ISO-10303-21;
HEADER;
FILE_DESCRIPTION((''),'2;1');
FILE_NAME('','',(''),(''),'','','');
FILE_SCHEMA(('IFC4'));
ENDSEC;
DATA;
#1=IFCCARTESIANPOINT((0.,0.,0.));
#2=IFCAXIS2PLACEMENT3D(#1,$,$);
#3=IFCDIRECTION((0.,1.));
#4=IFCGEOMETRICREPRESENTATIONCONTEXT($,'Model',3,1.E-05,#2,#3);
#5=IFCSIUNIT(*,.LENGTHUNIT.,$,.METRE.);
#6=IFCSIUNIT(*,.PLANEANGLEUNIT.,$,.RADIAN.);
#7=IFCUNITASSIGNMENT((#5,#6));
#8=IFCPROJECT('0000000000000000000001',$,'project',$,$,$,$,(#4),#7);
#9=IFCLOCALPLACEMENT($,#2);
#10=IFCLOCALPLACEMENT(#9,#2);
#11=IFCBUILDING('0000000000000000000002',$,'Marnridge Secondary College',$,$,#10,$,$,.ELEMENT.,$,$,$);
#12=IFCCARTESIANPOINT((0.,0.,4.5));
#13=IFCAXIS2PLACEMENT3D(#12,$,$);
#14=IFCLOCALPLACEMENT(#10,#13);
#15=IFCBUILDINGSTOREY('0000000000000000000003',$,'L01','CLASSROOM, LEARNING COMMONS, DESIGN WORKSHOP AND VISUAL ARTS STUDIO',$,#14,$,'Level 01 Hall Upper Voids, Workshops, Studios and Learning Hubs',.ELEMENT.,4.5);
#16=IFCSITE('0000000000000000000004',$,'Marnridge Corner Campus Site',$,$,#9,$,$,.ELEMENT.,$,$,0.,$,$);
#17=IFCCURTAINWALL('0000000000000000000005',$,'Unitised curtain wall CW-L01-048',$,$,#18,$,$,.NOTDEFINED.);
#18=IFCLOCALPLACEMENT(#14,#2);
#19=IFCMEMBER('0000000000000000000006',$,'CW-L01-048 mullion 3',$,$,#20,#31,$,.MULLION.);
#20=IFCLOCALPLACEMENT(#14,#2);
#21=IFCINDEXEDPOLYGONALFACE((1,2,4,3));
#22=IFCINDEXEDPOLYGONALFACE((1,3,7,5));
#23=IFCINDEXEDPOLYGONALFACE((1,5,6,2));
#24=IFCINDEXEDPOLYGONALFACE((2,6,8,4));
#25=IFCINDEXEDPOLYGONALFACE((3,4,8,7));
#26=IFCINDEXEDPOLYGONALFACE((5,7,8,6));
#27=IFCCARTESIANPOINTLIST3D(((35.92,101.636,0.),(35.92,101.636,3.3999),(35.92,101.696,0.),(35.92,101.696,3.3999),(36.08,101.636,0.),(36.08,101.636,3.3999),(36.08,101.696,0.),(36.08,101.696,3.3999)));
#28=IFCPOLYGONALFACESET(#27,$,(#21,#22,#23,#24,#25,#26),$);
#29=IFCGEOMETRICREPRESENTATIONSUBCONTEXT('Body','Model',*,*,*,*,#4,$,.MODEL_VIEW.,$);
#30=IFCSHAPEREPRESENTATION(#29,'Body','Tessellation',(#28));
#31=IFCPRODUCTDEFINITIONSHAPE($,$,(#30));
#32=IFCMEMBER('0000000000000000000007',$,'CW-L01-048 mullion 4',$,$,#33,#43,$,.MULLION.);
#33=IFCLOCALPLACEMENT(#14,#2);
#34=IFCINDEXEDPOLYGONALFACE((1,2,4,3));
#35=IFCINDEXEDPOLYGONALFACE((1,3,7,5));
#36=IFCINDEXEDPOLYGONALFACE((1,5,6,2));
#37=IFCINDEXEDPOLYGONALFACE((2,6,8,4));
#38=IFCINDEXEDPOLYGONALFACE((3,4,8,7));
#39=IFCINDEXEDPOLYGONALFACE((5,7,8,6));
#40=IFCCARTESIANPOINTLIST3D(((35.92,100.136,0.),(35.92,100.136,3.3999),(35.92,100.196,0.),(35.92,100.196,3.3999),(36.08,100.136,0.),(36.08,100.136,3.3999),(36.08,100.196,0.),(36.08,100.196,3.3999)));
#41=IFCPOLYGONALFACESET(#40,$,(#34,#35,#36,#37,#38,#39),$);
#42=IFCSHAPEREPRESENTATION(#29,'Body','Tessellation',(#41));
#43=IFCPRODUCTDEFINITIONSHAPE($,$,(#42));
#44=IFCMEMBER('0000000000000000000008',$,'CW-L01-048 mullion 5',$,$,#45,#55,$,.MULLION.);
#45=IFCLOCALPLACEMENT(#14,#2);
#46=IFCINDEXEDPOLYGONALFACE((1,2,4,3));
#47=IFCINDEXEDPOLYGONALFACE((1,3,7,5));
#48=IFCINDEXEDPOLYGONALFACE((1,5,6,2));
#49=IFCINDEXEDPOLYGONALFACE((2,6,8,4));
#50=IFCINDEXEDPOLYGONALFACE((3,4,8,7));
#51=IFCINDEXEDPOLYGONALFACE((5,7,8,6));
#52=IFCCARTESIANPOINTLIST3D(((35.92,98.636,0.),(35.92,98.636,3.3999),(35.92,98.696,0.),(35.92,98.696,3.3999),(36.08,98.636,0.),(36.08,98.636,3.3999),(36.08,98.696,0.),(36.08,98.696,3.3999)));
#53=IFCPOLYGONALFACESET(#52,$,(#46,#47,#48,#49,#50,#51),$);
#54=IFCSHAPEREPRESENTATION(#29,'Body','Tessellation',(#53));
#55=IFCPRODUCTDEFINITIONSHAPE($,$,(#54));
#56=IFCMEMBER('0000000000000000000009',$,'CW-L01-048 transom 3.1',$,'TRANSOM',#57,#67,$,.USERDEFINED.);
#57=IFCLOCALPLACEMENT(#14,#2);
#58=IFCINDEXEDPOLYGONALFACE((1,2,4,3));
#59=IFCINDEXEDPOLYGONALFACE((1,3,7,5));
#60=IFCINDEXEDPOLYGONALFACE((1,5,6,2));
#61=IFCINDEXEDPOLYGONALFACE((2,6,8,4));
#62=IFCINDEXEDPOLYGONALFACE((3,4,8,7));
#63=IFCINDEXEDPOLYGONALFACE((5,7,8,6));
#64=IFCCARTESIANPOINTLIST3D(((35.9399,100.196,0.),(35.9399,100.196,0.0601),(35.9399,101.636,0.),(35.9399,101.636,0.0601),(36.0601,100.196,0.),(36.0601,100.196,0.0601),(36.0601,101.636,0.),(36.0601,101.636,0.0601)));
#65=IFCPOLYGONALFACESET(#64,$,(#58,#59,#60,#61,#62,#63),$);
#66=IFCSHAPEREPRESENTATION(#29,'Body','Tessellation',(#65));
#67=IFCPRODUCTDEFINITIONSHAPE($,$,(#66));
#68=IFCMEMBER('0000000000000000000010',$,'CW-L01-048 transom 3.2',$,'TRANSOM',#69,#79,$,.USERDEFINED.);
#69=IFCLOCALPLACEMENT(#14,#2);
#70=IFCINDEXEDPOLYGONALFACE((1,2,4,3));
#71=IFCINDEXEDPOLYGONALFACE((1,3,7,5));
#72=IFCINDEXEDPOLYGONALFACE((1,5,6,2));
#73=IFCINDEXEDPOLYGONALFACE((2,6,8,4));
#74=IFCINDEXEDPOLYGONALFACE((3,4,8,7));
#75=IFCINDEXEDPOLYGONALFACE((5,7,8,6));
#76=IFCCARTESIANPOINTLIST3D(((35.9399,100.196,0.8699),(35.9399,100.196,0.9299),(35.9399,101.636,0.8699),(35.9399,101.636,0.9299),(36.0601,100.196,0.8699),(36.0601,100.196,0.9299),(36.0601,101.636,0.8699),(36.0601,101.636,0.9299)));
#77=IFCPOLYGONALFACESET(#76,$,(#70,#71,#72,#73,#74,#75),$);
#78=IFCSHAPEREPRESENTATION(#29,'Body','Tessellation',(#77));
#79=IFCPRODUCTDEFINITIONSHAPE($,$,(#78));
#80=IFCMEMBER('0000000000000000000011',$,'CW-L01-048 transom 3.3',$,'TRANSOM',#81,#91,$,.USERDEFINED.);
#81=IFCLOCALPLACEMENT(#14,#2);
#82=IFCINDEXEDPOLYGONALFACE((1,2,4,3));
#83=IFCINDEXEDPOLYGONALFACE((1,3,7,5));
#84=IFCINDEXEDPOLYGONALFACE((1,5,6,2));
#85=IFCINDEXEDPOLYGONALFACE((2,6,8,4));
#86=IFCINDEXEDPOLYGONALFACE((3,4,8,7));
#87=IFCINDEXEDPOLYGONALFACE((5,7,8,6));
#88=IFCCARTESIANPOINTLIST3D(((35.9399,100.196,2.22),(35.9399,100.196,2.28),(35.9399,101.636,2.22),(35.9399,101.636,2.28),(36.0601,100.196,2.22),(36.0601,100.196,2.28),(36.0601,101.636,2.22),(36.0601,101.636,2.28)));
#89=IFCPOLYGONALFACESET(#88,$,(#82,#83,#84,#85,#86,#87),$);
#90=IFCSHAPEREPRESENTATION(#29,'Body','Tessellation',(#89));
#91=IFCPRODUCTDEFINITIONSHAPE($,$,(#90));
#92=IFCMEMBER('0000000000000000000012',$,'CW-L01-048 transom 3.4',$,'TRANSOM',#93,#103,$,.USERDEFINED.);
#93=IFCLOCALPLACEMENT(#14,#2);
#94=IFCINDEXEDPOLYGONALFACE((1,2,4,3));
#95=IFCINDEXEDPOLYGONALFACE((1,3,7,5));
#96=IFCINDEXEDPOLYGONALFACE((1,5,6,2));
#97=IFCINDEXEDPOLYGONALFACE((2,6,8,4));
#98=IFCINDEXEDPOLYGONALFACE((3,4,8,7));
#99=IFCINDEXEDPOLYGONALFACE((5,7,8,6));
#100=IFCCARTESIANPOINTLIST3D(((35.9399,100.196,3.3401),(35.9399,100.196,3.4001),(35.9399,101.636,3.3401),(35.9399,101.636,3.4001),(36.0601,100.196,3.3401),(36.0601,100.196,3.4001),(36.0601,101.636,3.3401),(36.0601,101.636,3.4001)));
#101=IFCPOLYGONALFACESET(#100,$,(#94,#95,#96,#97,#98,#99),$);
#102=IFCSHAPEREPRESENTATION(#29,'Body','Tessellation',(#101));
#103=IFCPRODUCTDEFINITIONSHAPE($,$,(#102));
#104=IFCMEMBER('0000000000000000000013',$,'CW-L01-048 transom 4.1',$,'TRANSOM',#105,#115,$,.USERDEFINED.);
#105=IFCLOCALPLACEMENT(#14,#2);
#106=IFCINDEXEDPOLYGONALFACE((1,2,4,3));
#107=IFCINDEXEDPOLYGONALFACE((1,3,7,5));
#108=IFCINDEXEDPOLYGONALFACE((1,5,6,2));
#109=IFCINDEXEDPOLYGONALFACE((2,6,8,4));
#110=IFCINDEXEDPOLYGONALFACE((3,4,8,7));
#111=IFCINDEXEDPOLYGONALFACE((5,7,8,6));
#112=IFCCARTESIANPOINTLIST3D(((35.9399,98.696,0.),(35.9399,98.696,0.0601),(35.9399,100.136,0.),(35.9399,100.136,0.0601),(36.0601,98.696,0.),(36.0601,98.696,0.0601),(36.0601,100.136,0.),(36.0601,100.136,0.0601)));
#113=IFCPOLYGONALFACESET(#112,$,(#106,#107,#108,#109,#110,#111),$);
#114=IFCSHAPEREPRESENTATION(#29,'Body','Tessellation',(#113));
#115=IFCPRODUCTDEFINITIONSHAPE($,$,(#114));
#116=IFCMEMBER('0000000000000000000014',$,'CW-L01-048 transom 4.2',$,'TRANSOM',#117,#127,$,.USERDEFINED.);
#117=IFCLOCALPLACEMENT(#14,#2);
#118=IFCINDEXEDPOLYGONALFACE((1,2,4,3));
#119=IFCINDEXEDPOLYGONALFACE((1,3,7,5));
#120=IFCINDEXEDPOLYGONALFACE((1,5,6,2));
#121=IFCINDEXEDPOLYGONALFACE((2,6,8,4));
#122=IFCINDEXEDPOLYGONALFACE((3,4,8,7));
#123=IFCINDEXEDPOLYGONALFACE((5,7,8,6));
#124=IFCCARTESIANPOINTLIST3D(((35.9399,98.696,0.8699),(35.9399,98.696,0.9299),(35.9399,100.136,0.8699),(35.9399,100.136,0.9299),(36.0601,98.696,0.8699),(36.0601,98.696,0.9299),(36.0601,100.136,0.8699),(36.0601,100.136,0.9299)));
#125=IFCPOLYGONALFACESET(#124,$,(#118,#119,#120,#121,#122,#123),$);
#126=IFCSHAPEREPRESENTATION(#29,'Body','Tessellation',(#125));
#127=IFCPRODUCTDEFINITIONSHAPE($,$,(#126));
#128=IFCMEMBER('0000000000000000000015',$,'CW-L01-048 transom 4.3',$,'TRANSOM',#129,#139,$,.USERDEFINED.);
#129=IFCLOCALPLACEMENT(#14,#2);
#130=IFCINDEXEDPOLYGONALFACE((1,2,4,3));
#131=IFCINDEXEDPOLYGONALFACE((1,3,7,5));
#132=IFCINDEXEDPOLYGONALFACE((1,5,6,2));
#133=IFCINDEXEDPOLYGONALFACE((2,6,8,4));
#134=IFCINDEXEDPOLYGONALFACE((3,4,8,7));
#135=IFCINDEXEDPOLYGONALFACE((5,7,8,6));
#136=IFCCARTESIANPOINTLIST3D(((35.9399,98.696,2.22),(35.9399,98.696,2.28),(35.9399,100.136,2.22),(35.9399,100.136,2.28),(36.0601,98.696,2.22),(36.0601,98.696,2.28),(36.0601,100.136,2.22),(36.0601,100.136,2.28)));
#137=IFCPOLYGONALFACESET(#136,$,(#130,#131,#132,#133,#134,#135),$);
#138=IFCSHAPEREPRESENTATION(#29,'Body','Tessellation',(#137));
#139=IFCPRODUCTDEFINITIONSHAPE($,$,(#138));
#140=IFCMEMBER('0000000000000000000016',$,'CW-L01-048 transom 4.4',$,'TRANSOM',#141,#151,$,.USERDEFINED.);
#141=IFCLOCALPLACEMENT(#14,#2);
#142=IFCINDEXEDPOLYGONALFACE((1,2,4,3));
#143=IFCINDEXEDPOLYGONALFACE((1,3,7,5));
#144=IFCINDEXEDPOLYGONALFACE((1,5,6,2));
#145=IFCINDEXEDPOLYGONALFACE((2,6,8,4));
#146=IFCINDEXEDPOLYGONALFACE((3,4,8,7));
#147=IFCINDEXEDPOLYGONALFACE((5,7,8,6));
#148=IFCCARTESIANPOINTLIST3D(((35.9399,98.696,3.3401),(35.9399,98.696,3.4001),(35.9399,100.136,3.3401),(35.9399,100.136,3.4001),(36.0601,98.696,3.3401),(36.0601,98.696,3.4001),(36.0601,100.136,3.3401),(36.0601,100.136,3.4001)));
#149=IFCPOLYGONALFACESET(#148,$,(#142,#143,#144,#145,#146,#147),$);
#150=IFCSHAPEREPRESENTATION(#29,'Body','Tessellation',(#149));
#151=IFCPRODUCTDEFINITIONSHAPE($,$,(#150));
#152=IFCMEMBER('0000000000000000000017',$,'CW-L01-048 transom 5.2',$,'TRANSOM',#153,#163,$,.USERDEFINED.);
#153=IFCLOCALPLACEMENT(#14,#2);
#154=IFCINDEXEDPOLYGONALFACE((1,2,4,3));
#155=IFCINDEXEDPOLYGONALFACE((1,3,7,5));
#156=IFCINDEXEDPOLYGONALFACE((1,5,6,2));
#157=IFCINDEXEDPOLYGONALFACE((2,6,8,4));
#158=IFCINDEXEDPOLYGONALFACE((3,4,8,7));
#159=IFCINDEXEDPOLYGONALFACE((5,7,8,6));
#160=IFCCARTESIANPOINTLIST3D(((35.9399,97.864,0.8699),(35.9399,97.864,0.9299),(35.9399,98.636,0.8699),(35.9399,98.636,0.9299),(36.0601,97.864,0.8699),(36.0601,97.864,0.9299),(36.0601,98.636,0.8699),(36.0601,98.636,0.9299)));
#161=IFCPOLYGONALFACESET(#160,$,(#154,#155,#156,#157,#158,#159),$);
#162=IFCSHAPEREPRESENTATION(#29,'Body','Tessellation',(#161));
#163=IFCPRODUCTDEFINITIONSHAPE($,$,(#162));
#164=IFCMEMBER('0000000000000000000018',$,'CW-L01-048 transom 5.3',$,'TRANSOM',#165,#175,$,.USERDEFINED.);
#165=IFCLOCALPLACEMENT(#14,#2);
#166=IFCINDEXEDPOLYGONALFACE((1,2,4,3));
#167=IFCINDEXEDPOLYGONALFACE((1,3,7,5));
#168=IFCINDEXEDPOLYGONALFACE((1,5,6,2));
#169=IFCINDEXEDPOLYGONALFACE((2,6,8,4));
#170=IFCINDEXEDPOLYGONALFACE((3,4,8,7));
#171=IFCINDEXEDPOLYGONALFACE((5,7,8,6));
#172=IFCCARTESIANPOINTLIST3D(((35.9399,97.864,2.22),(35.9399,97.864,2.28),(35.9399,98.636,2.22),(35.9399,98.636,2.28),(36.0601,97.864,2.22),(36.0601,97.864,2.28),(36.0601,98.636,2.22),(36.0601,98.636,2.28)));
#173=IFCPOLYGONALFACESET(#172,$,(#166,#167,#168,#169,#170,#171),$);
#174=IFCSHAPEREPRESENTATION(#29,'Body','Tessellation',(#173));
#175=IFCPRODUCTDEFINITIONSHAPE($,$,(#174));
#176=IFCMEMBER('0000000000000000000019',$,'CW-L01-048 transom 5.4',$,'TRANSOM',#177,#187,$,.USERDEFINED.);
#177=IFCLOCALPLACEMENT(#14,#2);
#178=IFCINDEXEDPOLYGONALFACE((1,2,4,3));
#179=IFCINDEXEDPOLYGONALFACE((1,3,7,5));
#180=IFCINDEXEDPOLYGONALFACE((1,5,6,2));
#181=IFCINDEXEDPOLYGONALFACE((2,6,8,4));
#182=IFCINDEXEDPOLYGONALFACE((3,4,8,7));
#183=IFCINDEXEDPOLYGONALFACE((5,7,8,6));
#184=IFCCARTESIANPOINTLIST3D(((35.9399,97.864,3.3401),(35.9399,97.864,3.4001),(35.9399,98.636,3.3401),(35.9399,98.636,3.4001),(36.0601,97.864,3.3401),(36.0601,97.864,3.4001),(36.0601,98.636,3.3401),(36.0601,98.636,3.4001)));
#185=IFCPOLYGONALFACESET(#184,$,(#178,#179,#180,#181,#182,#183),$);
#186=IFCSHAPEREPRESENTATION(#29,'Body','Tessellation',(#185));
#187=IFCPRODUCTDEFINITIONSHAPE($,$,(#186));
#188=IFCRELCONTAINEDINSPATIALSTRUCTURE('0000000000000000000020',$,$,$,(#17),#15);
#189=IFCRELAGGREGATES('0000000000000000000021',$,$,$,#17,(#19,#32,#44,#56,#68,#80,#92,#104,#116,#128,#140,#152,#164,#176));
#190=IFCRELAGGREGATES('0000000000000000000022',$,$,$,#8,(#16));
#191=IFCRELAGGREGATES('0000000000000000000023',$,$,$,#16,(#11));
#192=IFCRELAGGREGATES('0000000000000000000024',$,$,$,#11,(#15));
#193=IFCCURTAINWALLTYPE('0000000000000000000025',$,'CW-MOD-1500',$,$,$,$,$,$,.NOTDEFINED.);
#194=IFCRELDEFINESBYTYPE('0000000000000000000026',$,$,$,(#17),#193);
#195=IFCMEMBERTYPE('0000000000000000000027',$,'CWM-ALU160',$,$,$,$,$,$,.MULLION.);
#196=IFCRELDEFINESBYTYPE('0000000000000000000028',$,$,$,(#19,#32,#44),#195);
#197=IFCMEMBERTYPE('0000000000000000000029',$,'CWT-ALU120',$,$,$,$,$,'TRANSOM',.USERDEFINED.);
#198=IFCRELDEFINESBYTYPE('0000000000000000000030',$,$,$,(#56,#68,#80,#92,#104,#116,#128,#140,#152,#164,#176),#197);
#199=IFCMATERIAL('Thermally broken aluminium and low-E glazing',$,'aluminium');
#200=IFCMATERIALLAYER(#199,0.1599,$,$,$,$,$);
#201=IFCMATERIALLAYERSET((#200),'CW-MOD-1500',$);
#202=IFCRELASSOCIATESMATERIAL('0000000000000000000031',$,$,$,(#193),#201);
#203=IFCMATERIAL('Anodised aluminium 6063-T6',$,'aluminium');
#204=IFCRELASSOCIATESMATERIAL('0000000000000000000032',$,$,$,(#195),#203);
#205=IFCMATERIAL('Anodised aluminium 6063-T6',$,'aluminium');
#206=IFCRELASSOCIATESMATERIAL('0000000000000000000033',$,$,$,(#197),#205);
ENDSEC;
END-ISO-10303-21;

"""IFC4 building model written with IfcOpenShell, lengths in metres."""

from ifc_helpers import new_model, si_unit, direction, frame, origin, origin_2d, place, context, subcontext, project, spatial, rectangle, extrude, material, layer, layer_set, material_profile, profile_set, type_object, element, aggregate, save


model = new_model("IFC4")

# Units and contexts
model_context = context("Model", 3, precision=1e-05, world=origin(), true_north=direction((0.0, 1.0)))
body_context = subcontext(model_context, "Body", "Model", "MODEL_VIEW")
ifc_project = project(units=[si_unit("LENGTHUNIT", "METRE"), si_unit("PLANEANGLEUNIT", "RADIAN")], contexts=[model_context])

# Site, building, storey
site_placement = place(None, origin())
site = spatial("IfcSite", under=ifc_project, at=site_placement, Name="Marnridge Corner Campus Site", CompositionType="ELEMENT", RefElevation=0.0)
building_placement = place(site_placement, origin())
building = spatial("IfcBuilding", under=site, at=building_placement, Name="Marnridge Secondary College", CompositionType="ELEMENT")
storey_placement = place(building_placement, frame((0.0, 0.0, 4.5)))
storey = spatial("IfcBuildingStorey", under=building, at=storey_placement, Name="L01", Description="CLASSROOM, LEARNING COMMONS, DESIGN WORKSHOP AND VISUAL ARTS STUDIO", LongName="Level 01 Hall Upper Voids, Workshops, Studios and Learning Hubs", CompositionType="ELEMENT", Elevation=4.5)

# Curtain wall, members
ifc_material_1 = material(Name="Thermally broken aluminium and low-E glazing", Category="aluminium")
ifc_layer_1 = layer(ifc_material_1, 0.1599)
ifc_layer_set_1 = layer_set([ifc_layer_1], Name="CW-MOD-1500")
curtain_wall_type = type_object("IfcCurtainWallType", Name="CW-MOD-1500", PredefinedType="NOTDEFINED", material=ifc_layer_set_1)
curtain_wall_placement = place(storey_placement, origin())
curtain_wall = element("IfcCurtainWall", 1, at=curtain_wall_placement, inside=storey, type_object=curtain_wall_type, Name="Unitised curtain wall CW-L01-048", PredefinedType="NOTDEFINED")
ifc_material_2 = material(Name="Anodised aluminium 6063-T6", Category="aluminium")
ifc_material_profile_1 = material_profile(ifc_material_2, rectangle(XDim=0.0601, YDim=0.1599, at=origin_2d()), Name="ALU 60x160")
ifc_profile_set_1 = profile_set([ifc_material_profile_1], Name="Anodised aluminium 6063-T6")
member_type_1 = type_object("IfcMemberType", Name="CWM-ALU160", PredefinedType="MULLION", material=ifc_profile_set_1)
member_1_placement = place(storey_placement, frame((36.0, 101.666, 0.0), z_axis=(0.0, 0.0, 1.0), x_axis=(0.0, -1.0, 0.0)))
member_1 = element("IfcMember", 2, at=member_1_placement, type_object=member_type_1, Name="CW-L01-048 mullion 3", PredefinedType="MULLION", context=body_context, shape_type="SweptSolid", body=[
    extrude(rectangle(XDim=0.0601, YDim=0.1599, at=origin_2d()), origin(), (0.0, 0.0, 1.0), 3.3999),
])
member_2_placement = place(storey_placement, frame((36.0, 100.166, 0.0), z_axis=(0.0, 0.0, 1.0), x_axis=(0.0, -1.0, 0.0)))
member_2 = element("IfcMember", 3, at=member_2_placement, type_object=member_type_1, Name="CW-L01-048 mullion 4", PredefinedType="MULLION", context=body_context, shape_type="SweptSolid", body=[
    extrude(rectangle(XDim=0.0601, YDim=0.1599, at=origin_2d()), origin(), (0.0, 0.0, 1.0), 3.3999),
])
member_3_placement = place(storey_placement, frame((36.0, 98.666, 0.0), z_axis=(0.0, 0.0, 1.0), x_axis=(0.0, -1.0, 0.0)))
member_3 = element("IfcMember", 4, at=member_3_placement, type_object=member_type_1, Name="CW-L01-048 mullion 5", PredefinedType="MULLION", context=body_context, shape_type="SweptSolid", body=[
    extrude(rectangle(XDim=0.0601, YDim=0.1599, at=origin_2d()), origin(), (0.0, 0.0, 1.0), 3.3999),
])
ifc_material_3 = material(Name="Anodised aluminium 6063-T6", Category="aluminium")
ifc_material_profile_2 = material_profile(ifc_material_3, rectangle(XDim=0.0601, YDim=0.1201, at=origin_2d()), Name="ALU 60x120")
ifc_profile_set_2 = profile_set([ifc_material_profile_2], Name="Anodised aluminium 6063-T6")
member_type_2 = type_object("IfcMemberType", Name="CWT-ALU120", ElementType="TRANSOM", PredefinedType="USERDEFINED", material=ifc_profile_set_2)
member_4_placement = place(storey_placement, frame((36.0, 101.636, 0.03), z_axis=(0.0, -1.0, 0.0), x_axis=(0.0, 0.0, 1.0)))
member_4 = element("IfcMember", 5, at=member_4_placement, type_object=member_type_2, Name="CW-L01-048 transom 3.1", ObjectType="TRANSOM", PredefinedType="USERDEFINED", context=body_context, shape_type="SweptSolid", body=[
    extrude(rectangle(XDim=0.0601, YDim=0.1201, at=origin_2d()), origin(), (0.0, 0.0, 1.0), 1.4399),
])
member_5_placement = place(storey_placement, frame((36.0, 101.636, 0.8999), z_axis=(0.0, -1.0, 0.0), x_axis=(0.0, 0.0, 1.0)))
member_5 = element("IfcMember", 6, at=member_5_placement, type_object=member_type_2, Name="CW-L01-048 transom 3.2", ObjectType="TRANSOM", PredefinedType="USERDEFINED", context=body_context, shape_type="SweptSolid", body=[
    extrude(rectangle(XDim=0.0601, YDim=0.1201, at=origin_2d()), origin(), (0.0, 0.0, 1.0), 1.4399),
])
member_6_placement = place(storey_placement, frame((36.0, 101.636, 2.25), z_axis=(0.0, -1.0, 0.0), x_axis=(0.0, 0.0, 1.0)))
member_6 = element("IfcMember", 7, at=member_6_placement, type_object=member_type_2, Name="CW-L01-048 transom 3.3", ObjectType="TRANSOM", PredefinedType="USERDEFINED", context=body_context, shape_type="SweptSolid", body=[
    extrude(rectangle(XDim=0.0601, YDim=0.1201, at=origin_2d()), origin(), (0.0, 0.0, 1.0), 1.4399),
])
member_7_placement = place(storey_placement, frame((36.0, 101.636, 3.3701), z_axis=(0.0, -1.0, 0.0), x_axis=(0.0, 0.0, 1.0)))
member_7 = element("IfcMember", 8, at=member_7_placement, type_object=member_type_2, Name="CW-L01-048 transom 3.4", ObjectType="TRANSOM", PredefinedType="USERDEFINED", context=body_context, shape_type="SweptSolid", body=[
    extrude(rectangle(XDim=0.0601, YDim=0.1201, at=origin_2d()), origin(), (0.0, 0.0, 1.0), 1.4399),
])
member_8_placement = place(storey_placement, frame((36.0, 100.136, 0.03), z_axis=(0.0, -1.0, 0.0), x_axis=(0.0, 0.0, 1.0)))
member_8 = element("IfcMember", 9, at=member_8_placement, type_object=member_type_2, Name="CW-L01-048 transom 4.1", ObjectType="TRANSOM", PredefinedType="USERDEFINED", context=body_context, shape_type="SweptSolid", body=[
    extrude(rectangle(XDim=0.0601, YDim=0.1201, at=origin_2d()), origin(), (0.0, 0.0, 1.0), 1.4399),
])
member_9_placement = place(storey_placement, frame((36.0, 100.136, 0.8999), z_axis=(0.0, -1.0, 0.0), x_axis=(0.0, 0.0, 1.0)))
member_9 = element("IfcMember", 10, at=member_9_placement, type_object=member_type_2, Name="CW-L01-048 transom 4.2", ObjectType="TRANSOM", PredefinedType="USERDEFINED", context=body_context, shape_type="SweptSolid", body=[
    extrude(rectangle(XDim=0.0601, YDim=0.1201, at=origin_2d()), origin(), (0.0, 0.0, 1.0), 1.4399),
])
member_10_placement = place(storey_placement, frame((36.0, 100.136, 2.25), z_axis=(0.0, -1.0, 0.0), x_axis=(0.0, 0.0, 1.0)))
member_10 = element("IfcMember", 11, at=member_10_placement, type_object=member_type_2, Name="CW-L01-048 transom 4.3", ObjectType="TRANSOM", PredefinedType="USERDEFINED", context=body_context, shape_type="SweptSolid", body=[
    extrude(rectangle(XDim=0.0601, YDim=0.1201, at=origin_2d()), origin(), (0.0, 0.0, 1.0), 1.4399),
])
member_11_placement = place(storey_placement, frame((36.0, 100.136, 3.3701), z_axis=(0.0, -1.0, 0.0), x_axis=(0.0, 0.0, 1.0)))
member_11 = element("IfcMember", 12, at=member_11_placement, type_object=member_type_2, Name="CW-L01-048 transom 4.4", ObjectType="TRANSOM", PredefinedType="USERDEFINED", context=body_context, shape_type="SweptSolid", body=[
    extrude(rectangle(XDim=0.0601, YDim=0.1201, at=origin_2d()), origin(), (0.0, 0.0, 1.0), 1.4399),
])
member_12_placement = place(storey_placement, frame((36.0, 98.636, 0.8999), z_axis=(0.0, -1.0, 0.0), x_axis=(0.0, 0.0, 1.0)))
member_12 = element("IfcMember", 13, at=member_12_placement, type_object=member_type_2, Name="CW-L01-048 transom 5.2", ObjectType="TRANSOM", PredefinedType="USERDEFINED", context=body_context, shape_type="SweptSolid", body=[
    extrude(rectangle(XDim=0.0601, YDim=0.1201, at=origin_2d()), origin(), (0.0, 0.0, 1.0), 0.772),
])
member_13_placement = place(storey_placement, frame((36.0, 98.636, 2.25), z_axis=(0.0, -1.0, 0.0), x_axis=(0.0, 0.0, 1.0)))
member_13 = element("IfcMember", 14, at=member_13_placement, type_object=member_type_2, Name="CW-L01-048 transom 5.3", ObjectType="TRANSOM", PredefinedType="USERDEFINED", context=body_context, shape_type="SweptSolid", body=[
    extrude(rectangle(XDim=0.0601, YDim=0.1201, at=origin_2d()), origin(), (0.0, 0.0, 1.0), 0.772),
])
member_14_placement = place(storey_placement, frame((36.0, 98.636, 3.3701), z_axis=(0.0, -1.0, 0.0), x_axis=(0.0, 0.0, 1.0)))
member_14 = element("IfcMember", 15, at=member_14_placement, type_object=member_type_2, Name="CW-L01-048 transom 5.4", ObjectType="TRANSOM", PredefinedType="USERDEFINED", context=body_context, shape_type="SweptSolid", body=[
    extrude(rectangle(XDim=0.0601, YDim=0.1201, at=origin_2d()), origin(), (0.0, 0.0, 1.0), 0.772),
])
aggregate(curtain_wall, [member_1, member_2, member_3, member_4, member_5, member_6, member_7, member_8, member_9, member_10, member_11, member_12, member_13, member_14])

save(model, "model.ifc")
